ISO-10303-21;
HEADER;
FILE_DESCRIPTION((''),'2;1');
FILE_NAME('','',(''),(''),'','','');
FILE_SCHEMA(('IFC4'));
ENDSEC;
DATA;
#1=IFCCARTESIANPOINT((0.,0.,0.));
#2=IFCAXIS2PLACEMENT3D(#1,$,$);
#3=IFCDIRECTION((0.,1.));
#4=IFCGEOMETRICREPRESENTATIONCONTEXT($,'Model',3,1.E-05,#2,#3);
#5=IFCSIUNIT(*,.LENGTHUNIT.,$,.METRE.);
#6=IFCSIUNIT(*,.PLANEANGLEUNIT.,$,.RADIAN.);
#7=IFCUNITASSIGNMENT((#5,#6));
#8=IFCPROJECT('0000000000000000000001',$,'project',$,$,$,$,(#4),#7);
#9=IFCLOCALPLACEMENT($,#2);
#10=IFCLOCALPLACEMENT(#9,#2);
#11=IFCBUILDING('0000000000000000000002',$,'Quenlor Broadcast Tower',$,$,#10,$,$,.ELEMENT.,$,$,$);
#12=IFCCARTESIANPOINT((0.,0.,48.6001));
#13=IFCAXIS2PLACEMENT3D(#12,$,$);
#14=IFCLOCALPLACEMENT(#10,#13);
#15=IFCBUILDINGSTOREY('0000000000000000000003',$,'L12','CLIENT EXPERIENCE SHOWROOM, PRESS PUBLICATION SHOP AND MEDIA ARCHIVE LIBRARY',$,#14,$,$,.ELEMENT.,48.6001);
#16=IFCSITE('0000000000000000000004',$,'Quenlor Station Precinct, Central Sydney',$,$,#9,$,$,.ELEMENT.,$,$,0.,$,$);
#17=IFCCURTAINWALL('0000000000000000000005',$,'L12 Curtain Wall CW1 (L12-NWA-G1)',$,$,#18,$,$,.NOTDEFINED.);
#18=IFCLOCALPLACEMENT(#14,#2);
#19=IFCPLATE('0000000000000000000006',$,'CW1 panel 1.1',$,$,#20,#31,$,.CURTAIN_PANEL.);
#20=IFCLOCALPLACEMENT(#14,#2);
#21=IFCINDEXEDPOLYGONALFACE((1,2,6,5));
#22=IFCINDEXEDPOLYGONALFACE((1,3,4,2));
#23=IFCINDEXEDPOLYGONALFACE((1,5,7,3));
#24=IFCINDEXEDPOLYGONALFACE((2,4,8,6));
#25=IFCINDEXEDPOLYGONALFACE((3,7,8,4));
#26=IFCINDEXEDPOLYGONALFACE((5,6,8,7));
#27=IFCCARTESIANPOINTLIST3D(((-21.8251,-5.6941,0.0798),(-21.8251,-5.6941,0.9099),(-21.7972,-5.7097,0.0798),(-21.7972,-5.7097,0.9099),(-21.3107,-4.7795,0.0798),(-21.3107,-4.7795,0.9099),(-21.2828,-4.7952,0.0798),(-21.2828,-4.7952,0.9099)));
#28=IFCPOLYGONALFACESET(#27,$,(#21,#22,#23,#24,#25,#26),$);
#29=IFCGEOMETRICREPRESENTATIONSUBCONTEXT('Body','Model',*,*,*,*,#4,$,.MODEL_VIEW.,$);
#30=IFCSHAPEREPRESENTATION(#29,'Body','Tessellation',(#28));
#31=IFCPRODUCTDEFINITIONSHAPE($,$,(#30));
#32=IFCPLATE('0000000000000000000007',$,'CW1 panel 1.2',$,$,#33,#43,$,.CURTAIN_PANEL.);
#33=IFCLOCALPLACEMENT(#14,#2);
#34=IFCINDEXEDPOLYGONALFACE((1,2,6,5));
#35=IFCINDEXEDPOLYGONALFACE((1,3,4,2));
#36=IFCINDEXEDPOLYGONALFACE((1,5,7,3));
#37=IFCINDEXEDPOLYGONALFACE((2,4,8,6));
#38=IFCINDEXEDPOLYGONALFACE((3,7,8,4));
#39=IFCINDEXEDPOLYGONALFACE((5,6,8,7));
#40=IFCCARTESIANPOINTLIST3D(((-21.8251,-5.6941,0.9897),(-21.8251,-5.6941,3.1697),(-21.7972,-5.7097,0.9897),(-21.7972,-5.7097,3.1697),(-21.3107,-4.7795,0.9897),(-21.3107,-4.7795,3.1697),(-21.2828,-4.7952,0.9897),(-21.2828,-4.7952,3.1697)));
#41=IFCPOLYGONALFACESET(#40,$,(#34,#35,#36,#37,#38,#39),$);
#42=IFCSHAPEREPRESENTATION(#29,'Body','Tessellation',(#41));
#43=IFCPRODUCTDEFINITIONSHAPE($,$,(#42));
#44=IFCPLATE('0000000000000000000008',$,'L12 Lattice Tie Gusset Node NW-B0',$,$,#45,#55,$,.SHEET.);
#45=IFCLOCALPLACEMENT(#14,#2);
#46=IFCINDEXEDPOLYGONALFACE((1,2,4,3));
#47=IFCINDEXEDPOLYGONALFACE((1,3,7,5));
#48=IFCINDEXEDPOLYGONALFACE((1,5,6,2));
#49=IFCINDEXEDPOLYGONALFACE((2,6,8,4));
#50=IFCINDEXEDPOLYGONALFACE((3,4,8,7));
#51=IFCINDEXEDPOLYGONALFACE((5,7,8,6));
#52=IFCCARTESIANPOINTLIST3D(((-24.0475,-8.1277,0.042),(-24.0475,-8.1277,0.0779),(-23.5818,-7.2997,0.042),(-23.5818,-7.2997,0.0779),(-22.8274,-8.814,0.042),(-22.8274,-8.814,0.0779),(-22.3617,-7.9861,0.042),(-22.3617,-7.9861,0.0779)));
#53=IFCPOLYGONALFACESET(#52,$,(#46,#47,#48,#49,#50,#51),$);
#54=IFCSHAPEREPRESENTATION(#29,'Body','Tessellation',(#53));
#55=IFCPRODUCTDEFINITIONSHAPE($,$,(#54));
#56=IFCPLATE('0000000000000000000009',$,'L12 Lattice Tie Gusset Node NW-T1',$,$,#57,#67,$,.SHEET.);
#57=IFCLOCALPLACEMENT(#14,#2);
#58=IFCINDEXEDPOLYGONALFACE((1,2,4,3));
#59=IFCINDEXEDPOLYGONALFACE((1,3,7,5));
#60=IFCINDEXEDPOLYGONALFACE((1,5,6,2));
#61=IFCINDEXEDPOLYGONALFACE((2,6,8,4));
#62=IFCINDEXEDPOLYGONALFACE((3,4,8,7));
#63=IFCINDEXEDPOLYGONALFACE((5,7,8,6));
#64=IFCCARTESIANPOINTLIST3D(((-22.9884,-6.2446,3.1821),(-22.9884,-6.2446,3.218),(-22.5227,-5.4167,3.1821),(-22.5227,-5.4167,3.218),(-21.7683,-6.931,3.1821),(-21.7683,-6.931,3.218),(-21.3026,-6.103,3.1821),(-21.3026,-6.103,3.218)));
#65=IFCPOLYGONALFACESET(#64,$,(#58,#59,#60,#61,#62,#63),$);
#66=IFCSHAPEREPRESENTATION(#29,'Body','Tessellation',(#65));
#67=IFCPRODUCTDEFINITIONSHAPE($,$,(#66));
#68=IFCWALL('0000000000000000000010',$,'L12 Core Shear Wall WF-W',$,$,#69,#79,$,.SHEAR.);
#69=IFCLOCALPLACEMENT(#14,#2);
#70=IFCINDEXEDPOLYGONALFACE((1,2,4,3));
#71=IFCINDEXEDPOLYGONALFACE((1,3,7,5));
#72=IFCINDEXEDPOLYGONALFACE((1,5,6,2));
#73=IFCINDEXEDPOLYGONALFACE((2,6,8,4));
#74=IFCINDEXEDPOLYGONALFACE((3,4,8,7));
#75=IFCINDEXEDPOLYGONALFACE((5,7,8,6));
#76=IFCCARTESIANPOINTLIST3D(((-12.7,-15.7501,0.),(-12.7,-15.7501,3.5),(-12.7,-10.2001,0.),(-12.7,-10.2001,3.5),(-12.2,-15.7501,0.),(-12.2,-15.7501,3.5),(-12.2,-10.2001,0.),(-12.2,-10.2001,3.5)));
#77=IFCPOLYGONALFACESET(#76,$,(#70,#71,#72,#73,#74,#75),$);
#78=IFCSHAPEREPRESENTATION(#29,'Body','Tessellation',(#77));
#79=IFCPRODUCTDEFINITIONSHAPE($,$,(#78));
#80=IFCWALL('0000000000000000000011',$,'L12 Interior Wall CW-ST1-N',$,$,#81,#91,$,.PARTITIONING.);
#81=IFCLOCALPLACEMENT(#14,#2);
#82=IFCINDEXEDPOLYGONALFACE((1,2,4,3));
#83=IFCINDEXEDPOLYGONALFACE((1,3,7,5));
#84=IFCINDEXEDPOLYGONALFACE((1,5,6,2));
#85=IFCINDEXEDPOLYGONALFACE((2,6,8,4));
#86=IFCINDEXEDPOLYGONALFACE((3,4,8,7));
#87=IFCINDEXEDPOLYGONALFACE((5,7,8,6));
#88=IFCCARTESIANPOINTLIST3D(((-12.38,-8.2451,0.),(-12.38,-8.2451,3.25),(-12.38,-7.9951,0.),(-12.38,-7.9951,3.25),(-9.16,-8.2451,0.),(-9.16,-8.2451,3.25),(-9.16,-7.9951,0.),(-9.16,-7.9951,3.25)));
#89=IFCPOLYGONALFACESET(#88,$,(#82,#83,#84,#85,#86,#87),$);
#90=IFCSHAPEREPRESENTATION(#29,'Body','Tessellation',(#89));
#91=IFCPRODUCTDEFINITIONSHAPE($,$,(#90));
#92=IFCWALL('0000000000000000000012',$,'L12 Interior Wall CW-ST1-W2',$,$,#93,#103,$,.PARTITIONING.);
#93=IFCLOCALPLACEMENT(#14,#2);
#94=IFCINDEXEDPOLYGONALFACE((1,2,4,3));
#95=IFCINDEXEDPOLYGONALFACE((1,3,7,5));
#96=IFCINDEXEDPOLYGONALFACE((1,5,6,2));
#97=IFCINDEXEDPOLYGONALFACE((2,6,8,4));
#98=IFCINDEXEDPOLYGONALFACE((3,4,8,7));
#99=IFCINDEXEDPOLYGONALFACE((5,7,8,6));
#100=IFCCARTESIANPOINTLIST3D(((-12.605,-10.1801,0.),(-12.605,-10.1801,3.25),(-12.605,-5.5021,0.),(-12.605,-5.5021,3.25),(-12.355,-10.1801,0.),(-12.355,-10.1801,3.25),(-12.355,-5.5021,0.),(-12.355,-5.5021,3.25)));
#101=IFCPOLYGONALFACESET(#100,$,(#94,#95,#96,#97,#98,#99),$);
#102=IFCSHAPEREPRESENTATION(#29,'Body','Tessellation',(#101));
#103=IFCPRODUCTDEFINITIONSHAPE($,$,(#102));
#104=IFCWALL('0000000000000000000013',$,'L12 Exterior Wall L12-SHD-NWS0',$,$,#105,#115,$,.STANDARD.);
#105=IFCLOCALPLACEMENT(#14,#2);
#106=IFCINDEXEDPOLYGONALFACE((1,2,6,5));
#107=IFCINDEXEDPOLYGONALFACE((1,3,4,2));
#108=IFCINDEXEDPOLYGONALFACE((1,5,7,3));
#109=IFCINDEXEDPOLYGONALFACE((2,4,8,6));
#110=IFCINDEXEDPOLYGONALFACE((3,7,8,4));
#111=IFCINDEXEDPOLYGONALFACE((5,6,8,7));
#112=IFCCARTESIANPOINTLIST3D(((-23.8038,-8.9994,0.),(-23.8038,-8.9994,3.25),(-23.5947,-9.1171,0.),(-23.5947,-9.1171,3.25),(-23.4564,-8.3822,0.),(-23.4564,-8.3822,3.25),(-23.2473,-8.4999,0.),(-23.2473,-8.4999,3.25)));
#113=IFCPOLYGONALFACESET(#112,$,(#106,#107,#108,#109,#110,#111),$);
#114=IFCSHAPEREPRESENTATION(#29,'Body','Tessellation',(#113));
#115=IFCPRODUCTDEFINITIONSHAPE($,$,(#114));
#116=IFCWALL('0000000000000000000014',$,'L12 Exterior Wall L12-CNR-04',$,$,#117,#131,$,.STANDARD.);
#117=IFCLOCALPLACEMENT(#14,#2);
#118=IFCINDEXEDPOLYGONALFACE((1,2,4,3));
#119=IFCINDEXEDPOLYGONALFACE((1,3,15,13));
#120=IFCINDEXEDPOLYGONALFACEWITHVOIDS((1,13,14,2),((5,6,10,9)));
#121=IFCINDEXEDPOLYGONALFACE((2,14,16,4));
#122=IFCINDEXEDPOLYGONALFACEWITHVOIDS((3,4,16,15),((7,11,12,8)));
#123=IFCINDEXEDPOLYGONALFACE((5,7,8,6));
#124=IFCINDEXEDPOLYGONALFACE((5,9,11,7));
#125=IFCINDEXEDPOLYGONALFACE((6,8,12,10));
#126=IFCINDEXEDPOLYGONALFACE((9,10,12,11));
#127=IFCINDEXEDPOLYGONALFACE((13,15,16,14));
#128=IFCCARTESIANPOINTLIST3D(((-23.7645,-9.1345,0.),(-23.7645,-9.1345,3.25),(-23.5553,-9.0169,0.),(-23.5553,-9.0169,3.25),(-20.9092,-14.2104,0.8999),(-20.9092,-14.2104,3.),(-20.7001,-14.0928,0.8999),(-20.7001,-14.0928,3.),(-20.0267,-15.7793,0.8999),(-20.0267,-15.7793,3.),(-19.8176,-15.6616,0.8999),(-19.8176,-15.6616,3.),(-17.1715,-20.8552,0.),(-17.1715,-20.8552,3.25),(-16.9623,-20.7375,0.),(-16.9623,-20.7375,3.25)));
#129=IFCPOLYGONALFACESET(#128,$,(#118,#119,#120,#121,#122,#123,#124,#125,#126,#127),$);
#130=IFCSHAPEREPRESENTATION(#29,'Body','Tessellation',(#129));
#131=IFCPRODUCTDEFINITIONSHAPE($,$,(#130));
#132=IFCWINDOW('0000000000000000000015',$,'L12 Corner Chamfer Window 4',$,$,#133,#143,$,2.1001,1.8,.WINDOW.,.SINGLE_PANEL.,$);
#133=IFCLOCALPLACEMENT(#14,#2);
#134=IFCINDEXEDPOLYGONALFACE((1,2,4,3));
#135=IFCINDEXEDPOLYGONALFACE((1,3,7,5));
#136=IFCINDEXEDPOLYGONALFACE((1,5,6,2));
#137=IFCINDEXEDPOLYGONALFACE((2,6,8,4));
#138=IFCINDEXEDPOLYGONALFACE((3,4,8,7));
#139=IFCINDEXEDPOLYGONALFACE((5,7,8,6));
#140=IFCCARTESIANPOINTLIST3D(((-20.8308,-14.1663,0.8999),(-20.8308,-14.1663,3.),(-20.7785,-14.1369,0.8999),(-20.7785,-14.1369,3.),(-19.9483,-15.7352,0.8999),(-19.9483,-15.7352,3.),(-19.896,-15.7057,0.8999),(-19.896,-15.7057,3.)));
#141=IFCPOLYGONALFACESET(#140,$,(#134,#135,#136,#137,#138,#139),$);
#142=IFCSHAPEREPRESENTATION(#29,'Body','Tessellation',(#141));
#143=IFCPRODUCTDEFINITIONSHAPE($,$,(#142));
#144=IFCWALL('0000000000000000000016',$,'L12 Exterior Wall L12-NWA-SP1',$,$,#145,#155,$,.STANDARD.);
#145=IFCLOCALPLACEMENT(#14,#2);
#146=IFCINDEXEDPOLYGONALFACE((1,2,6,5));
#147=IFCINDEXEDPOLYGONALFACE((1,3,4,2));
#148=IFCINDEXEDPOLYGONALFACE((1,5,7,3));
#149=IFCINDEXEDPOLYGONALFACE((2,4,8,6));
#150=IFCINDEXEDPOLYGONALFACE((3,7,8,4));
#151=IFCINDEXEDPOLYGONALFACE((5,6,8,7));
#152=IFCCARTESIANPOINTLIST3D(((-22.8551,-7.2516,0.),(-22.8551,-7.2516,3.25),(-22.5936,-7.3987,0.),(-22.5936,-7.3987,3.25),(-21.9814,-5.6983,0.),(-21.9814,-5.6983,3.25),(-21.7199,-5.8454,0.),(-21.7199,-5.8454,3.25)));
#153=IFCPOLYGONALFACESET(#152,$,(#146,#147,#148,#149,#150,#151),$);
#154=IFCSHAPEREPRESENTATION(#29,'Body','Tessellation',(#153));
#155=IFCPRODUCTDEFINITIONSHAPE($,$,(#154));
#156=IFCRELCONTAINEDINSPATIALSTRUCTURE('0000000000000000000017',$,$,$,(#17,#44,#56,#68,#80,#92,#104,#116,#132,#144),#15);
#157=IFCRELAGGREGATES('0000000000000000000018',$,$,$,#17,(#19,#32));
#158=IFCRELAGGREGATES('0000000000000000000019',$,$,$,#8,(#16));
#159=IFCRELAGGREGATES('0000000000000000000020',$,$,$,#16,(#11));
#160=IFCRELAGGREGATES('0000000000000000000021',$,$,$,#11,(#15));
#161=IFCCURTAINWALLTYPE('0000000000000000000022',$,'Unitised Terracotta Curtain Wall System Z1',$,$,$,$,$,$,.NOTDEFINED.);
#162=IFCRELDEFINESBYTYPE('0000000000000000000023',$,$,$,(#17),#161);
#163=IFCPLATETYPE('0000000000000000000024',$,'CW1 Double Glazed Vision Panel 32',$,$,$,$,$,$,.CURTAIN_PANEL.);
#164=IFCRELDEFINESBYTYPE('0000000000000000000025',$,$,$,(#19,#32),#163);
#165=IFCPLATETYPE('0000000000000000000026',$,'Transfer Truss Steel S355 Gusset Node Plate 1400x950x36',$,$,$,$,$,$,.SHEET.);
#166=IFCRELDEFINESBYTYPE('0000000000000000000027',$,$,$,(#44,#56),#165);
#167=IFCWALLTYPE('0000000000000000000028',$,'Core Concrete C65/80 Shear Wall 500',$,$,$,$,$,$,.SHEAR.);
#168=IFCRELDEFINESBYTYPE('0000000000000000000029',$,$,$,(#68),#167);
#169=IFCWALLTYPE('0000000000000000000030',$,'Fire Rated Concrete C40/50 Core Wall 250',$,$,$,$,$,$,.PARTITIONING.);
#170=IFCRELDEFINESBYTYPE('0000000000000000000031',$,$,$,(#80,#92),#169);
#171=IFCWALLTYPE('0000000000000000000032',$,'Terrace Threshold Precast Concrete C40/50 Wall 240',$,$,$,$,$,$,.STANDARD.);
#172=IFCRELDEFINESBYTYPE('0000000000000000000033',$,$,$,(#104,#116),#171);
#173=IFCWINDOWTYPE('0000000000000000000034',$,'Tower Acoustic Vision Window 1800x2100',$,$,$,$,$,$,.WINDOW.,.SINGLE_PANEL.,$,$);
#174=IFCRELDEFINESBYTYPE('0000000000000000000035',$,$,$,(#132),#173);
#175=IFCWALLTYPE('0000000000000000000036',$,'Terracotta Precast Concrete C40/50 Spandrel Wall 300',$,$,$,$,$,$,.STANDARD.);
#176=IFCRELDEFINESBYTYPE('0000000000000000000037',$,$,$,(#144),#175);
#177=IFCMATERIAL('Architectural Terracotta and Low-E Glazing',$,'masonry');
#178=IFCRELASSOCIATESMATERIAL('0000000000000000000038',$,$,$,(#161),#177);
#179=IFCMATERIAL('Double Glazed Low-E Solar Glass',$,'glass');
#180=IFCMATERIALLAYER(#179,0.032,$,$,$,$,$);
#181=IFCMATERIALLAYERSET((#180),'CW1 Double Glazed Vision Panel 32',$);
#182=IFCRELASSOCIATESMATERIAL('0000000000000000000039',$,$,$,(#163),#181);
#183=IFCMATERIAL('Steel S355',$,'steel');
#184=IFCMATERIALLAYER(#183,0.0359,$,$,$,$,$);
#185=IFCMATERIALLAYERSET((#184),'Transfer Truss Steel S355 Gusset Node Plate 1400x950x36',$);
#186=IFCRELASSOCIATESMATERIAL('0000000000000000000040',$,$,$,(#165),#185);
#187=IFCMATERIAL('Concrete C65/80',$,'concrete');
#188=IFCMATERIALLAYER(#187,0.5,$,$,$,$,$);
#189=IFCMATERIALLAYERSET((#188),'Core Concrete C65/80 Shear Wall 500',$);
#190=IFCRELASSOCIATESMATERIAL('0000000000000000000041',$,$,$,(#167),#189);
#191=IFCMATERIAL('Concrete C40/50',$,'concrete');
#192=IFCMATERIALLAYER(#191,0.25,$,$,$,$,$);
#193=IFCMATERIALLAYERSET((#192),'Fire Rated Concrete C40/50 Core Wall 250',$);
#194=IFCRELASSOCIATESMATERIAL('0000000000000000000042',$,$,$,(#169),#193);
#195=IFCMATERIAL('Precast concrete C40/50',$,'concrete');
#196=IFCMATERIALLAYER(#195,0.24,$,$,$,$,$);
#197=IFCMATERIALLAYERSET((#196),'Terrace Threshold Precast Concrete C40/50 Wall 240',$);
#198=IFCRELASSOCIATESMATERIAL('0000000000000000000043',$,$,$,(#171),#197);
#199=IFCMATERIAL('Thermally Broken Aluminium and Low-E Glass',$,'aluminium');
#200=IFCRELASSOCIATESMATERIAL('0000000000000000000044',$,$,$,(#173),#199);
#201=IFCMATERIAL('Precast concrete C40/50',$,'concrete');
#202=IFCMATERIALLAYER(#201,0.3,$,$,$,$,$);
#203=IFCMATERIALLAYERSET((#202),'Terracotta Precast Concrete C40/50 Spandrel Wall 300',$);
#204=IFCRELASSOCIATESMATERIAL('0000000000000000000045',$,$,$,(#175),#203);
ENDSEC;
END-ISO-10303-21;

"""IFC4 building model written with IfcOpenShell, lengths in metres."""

from ifc_helpers import new_model, si_unit, direction, frame, frame_2d, origin, origin_2d, place, context, subcontext, project, spatial, rectangle, extrude, material, layer, layer_set, type_object, element, fill, aggregate, save


model = new_model("IFC4")

# Units and contexts
model_context = context("Model", 3, precision=1e-05, world=origin(), true_north=direction((0.0, 1.0)))
body_context = subcontext(model_context, "Body", "Model", "MODEL_VIEW")
ifc_project = project(units=[si_unit("LENGTHUNIT", "METRE"), si_unit("PLANEANGLEUNIT", "RADIAN")], contexts=[model_context])

# Site, building, storey
site_placement = place(None, origin())
site = spatial("IfcSite", under=ifc_project, at=site_placement, Name="Quenlor Station Precinct, Central Sydney", CompositionType="ELEMENT", RefElevation=0.0)
building_placement = place(site_placement, origin())
building = spatial("IfcBuilding", under=site, at=building_placement, Name="Quenlor Broadcast Tower", CompositionType="ELEMENT")
storey_placement = place(building_placement, frame((0.0, 0.0, 48.6001)))
storey = spatial("IfcBuildingStorey", under=building, at=storey_placement, Name="L12", Description="CLIENT EXPERIENCE SHOWROOM, PRESS PUBLICATION SHOP AND MEDIA ARCHIVE LIBRARY", CompositionType="ELEMENT", Elevation=48.6001)

# Curtain wall
ifc_material_1 = material(Name="Architectural Terracotta and Low-E Glazing", Category="masonry")
curtain_wall_type = type_object("IfcCurtainWallType", Name="Unitised Terracotta Curtain Wall System Z1", PredefinedType="NOTDEFINED", material=ifc_material_1)
curtain_wall_placement = place(storey_placement, origin())
curtain_wall = element("IfcCurtainWall", 1, at=curtain_wall_placement, inside=storey, type_object=curtain_wall_type, Name="L12 Curtain Wall CW1 (L12-NWA-G1)", PredefinedType="NOTDEFINED")

# Plates
ifc_material_2 = material(Name="Double Glazed Low-E Solar Glass", Category="glass")
ifc_layer_1 = layer(ifc_material_2, 0.032)
ifc_layer_set_1 = layer_set([ifc_layer_1], Name="CW1 Double Glazed Vision Panel 32")
plate_type_1 = type_object("IfcPlateType", Name="CW1 Double Glazed Vision Panel 32", PredefinedType="CURTAIN_PANEL", material=ifc_layer_set_1)
plate_1_placement = place(storey_placement, frame((-21.554, -5.2446, 0.0798), z_axis=(0.0, 0.0, 1.0), x_axis=(0.490277, 0.871567, 0.0)))
plate_1 = element("IfcPlate", 2, at=plate_1_placement, type_object=plate_type_1, Name="CW1 panel 1.1", PredefinedType="CURTAIN_PANEL", context=body_context, shape_type="SweptSolid", body=[
    extrude(rectangle(XDim=1.0493, YDim=0.032, at=origin_2d()), origin(), (0.0, 0.0, 1.0), 0.8301),
])
plate_2_placement = place(storey_placement, frame((-21.554, -5.2446, 0.9897), z_axis=(0.0, 0.0, 1.0), x_axis=(0.490277, 0.871567, 0.0)))
plate_2 = element("IfcPlate", 3, at=plate_2_placement, type_object=plate_type_1, Name="CW1 panel 1.2", PredefinedType="CURTAIN_PANEL", context=body_context, shape_type="SweptSolid", body=[
    extrude(rectangle(XDim=1.0493, YDim=0.032, at=origin_2d()), origin(), (0.0, 0.0, 1.0), 2.1799),
])
aggregate(curtain_wall, [plate_1, plate_2])

# Plates
ifc_material_3 = material(Name="Steel S355", Category="steel")
ifc_layer_2 = layer(ifc_material_3, 0.0359)
ifc_layer_set_2 = layer_set([ifc_layer_2], Name="Transfer Truss Steel S355 Gusset Node Plate 1400x950x36")
plate_type_2 = type_object("IfcPlateType", Name="Transfer Truss Steel S355 Gusset Node Plate 1400x950x36", PredefinedType="SHEET", material=ifc_layer_set_2)
for number, where, z_axis, x_axis, name in (
    (4, (-23.2046, -8.0569, 0.042), (0.0, 0.0, 1.0), (-0.871556, 0.490295, 0.0), "L12 Lattice Tie Gusset Node NW-B0"),
    (5, (-22.1455, -6.1738, 3.1821), (0.0, 0.0, 1.0), (-0.871556, 0.490295, 0.0), "L12 Lattice Tie Gusset Node NW-T1"),
):
    element("IfcPlate", number, at=place(storey_placement, frame(where, z_axis=z_axis, x_axis=x_axis)), inside=storey, type_object=plate_type_2, Name=name, PredefinedType="SHEET", context=body_context, shape_type="SweptSolid", body=[
        extrude(rectangle(XDim=1.3999, YDim=0.95, at=origin_2d()), origin(), (0.0, 0.0, 1.0), 0.0359),
    ])

# Walls
ifc_material_4 = material(Name="Concrete C65/80", Category="concrete")
ifc_layer_3 = layer(ifc_material_4, 0.5)
ifc_layer_set_3 = layer_set([ifc_layer_3], Name="Core Concrete C65/80 Shear Wall 500")
wall_type_1 = type_object("IfcWallType", Name="Core Concrete C65/80 Shear Wall 500", PredefinedType="SHEAR", material=ifc_layer_set_3)
wall_1_placement = place(storey_placement, frame((-12.45, -15.75, 0.0), z_axis=(0.0, 0.0, 1.0), x_axis=(0.0, 1.0, 0.0)))
element("IfcWall", 6, at=wall_1_placement, inside=storey, type_object=wall_type_1, Name="L12 Core Shear Wall WF-W", PredefinedType="SHEAR", context=body_context, shape_type="SweptSolid", body=[
    extrude(rectangle(XDim=5.55, YDim=0.5, at=frame_2d((2.7749, 0.0))), origin(), (0.0, 0.0, 1.0), 3.5),
])
ifc_material_5 = material(Name="Concrete C40/50", Category="concrete")
ifc_layer_4 = layer(ifc_material_5, 0.25)
ifc_layer_set_4 = layer_set([ifc_layer_4], Name="Fire Rated Concrete C40/50 Core Wall 250")
wall_type_2 = type_object("IfcWallType", Name="Fire Rated Concrete C40/50 Core Wall 250", PredefinedType="PARTITIONING", material=ifc_layer_set_4)
wall_2_placement = place(storey_placement, frame((-12.3799, -8.1201, 0.0), z_axis=(0.0, 0.0, 1.0), x_axis=(1.0, 0.0, 0.0)))
element("IfcWall", 7, at=wall_2_placement, inside=storey, type_object=wall_type_2, Name="L12 Interior Wall CW-ST1-N", PredefinedType="PARTITIONING", context=body_context, shape_type="SweptSolid", body=[
    extrude(rectangle(XDim=3.22, YDim=0.25, at=frame_2d((1.6099, 0.0))), origin(), (0.0, 0.0, 1.0), 3.25),
])
wall_3_placement = place(storey_placement, frame((-12.48, -10.1799, 0.0), z_axis=(0.0, 0.0, 1.0), x_axis=(0.0, 1.0, 0.0)))
element("IfcWall", 8, at=wall_3_placement, inside=storey, type_object=wall_type_2, Name="L12 Interior Wall CW-ST1-W2", PredefinedType="PARTITIONING", context=body_context, shape_type="SweptSolid", body=[
    extrude(rectangle(XDim=4.678, YDim=0.25, at=frame_2d((2.3389, 0.0))), origin(), (0.0, 0.0, 1.0), 3.25),
])

# Wall
ifc_material_6 = material(Name="Precast concrete C40/50", Category="concrete")
ifc_layer_5 = layer(ifc_material_6, 0.24)
ifc_layer_set_5 = layer_set([ifc_layer_5], Name="Terrace Threshold Precast Concrete C40/50 Wall 240")
wall_type_3 = type_object("IfcWallType", Name="Terrace Threshold Precast Concrete C40/50 Wall 240", PredefinedType="STANDARD", material=ifc_layer_set_5)
wall_4_placement = place(storey_placement, frame((-23.6992, -9.0581, 0.0), z_axis=(0.0, 0.0, 1.0), x_axis=(0.490523, 0.871428, 0.0)))
element("IfcWall", 9, at=wall_4_placement, inside=storey, type_object=wall_type_3, Name="L12 Exterior Wall L12-SHD-NWS0", PredefinedType="STANDARD", context=body_context, shape_type="SweptSolid", body=[
    extrude(rectangle(XDim=0.7083, YDim=0.24, at=frame_2d((0.354, 0.0))), origin(), (0.0, 0.0, 1.0), 3.25),
])

# Wall, opening, window
wall_5_placement = place(storey_placement, frame((-23.6599, -9.0757, 0.0), z_axis=(0.0, 0.0, 1.0), x_axis=(0.490268, -0.871572, 0.0)))
wall_5 = element("IfcWall", 10, at=wall_5_placement, inside=storey, type_object=wall_type_3, Name="L12 Exterior Wall L12-CNR-04", PredefinedType="STANDARD", context=body_context, shape_type="SweptSolid", body=[
    extrude(rectangle(XDim=13.4478, YDim=0.24, at=frame_2d((6.7239, 0.0))), origin(), (0.0, 0.0, 1.0), 3.25),
])
opening_1_placement = place(wall_5_placement, frame((5.824, 0.0, 0.8999)))
opening_1 = element("IfcOpeningElement", 11, at=opening_1_placement, cuts=wall_5, PredefinedType="OPENING", context=body_context, shape_type="SweptSolid", body=[
    extrude(rectangle(XDim=1.8, YDim=2.1001, at=frame_2d((0.8999, 1.05))), frame((0.0, 0.1299, 0.0), z_axis=(0.0, -1.0, 0.0), x_axis=(1.0, 0.0, 0.0)), (0.0, 0.0, 1.0), 0.26),
])
ifc_material_7 = material(Name="Thermally Broken Aluminium and Low-E Glass", Category="aluminium")
window_type = type_object("IfcWindowType", Name="Tower Acoustic Vision Window 1800x2100", PartitioningType="SINGLE_PANEL", PredefinedType="WINDOW", material=ifc_material_7)
window_placement = place(opening_1_placement, origin())
window = element("IfcWindow", 12, at=window_placement, inside=storey, type_object=window_type, Name="L12 Corner Chamfer Window 4", OverallHeight=2.1001, OverallWidth=1.8, PartitioningType="SINGLE_PANEL", PredefinedType="WINDOW", context=body_context, shape_type="SweptSolid", body=[
    extrude(rectangle(XDim=1.8, YDim=2.1001, at=frame_2d((0.8999, 1.05))), frame((0.0, 0.03, 0.0), z_axis=(0.0, -1.0, 0.0), x_axis=(1.0, 0.0, 0.0)), (0.0, 0.0, 1.0), 0.0601),
])
fill(opening_1, window)

# Wall
ifc_material_8 = material(Name="Precast concrete C40/50", Category="concrete")
ifc_layer_6 = layer(ifc_material_8, 0.3)
ifc_layer_set_6 = layer_set([ifc_layer_6], Name="Terracotta Precast Concrete C40/50 Spandrel Wall 300")
wall_type_4 = type_object("IfcWallType", Name="Terracotta Precast Concrete C40/50 Spandrel Wall 300", PredefinedType="STANDARD", material=ifc_layer_set_6)
wall_6_placement = place(storey_placement, frame((-22.7244, -7.3252, 0.0), z_axis=(0.0, 0.0, 1.0), x_axis=(0.490242, 0.871587, 0.0)))
element("IfcWall", 13, at=wall_6_placement, inside=storey, type_object=wall_type_4, Name="L12 Exterior Wall L12-NWA-SP1", PredefinedType="STANDARD", context=body_context, shape_type="SweptSolid", body=[
    extrude(rectangle(XDim=1.7822, YDim=0.3, at=frame_2d((0.8911, 0.0))), origin(), (0.0, 0.0, 1.0), 3.25),
])

save(model, "model.ifc")
